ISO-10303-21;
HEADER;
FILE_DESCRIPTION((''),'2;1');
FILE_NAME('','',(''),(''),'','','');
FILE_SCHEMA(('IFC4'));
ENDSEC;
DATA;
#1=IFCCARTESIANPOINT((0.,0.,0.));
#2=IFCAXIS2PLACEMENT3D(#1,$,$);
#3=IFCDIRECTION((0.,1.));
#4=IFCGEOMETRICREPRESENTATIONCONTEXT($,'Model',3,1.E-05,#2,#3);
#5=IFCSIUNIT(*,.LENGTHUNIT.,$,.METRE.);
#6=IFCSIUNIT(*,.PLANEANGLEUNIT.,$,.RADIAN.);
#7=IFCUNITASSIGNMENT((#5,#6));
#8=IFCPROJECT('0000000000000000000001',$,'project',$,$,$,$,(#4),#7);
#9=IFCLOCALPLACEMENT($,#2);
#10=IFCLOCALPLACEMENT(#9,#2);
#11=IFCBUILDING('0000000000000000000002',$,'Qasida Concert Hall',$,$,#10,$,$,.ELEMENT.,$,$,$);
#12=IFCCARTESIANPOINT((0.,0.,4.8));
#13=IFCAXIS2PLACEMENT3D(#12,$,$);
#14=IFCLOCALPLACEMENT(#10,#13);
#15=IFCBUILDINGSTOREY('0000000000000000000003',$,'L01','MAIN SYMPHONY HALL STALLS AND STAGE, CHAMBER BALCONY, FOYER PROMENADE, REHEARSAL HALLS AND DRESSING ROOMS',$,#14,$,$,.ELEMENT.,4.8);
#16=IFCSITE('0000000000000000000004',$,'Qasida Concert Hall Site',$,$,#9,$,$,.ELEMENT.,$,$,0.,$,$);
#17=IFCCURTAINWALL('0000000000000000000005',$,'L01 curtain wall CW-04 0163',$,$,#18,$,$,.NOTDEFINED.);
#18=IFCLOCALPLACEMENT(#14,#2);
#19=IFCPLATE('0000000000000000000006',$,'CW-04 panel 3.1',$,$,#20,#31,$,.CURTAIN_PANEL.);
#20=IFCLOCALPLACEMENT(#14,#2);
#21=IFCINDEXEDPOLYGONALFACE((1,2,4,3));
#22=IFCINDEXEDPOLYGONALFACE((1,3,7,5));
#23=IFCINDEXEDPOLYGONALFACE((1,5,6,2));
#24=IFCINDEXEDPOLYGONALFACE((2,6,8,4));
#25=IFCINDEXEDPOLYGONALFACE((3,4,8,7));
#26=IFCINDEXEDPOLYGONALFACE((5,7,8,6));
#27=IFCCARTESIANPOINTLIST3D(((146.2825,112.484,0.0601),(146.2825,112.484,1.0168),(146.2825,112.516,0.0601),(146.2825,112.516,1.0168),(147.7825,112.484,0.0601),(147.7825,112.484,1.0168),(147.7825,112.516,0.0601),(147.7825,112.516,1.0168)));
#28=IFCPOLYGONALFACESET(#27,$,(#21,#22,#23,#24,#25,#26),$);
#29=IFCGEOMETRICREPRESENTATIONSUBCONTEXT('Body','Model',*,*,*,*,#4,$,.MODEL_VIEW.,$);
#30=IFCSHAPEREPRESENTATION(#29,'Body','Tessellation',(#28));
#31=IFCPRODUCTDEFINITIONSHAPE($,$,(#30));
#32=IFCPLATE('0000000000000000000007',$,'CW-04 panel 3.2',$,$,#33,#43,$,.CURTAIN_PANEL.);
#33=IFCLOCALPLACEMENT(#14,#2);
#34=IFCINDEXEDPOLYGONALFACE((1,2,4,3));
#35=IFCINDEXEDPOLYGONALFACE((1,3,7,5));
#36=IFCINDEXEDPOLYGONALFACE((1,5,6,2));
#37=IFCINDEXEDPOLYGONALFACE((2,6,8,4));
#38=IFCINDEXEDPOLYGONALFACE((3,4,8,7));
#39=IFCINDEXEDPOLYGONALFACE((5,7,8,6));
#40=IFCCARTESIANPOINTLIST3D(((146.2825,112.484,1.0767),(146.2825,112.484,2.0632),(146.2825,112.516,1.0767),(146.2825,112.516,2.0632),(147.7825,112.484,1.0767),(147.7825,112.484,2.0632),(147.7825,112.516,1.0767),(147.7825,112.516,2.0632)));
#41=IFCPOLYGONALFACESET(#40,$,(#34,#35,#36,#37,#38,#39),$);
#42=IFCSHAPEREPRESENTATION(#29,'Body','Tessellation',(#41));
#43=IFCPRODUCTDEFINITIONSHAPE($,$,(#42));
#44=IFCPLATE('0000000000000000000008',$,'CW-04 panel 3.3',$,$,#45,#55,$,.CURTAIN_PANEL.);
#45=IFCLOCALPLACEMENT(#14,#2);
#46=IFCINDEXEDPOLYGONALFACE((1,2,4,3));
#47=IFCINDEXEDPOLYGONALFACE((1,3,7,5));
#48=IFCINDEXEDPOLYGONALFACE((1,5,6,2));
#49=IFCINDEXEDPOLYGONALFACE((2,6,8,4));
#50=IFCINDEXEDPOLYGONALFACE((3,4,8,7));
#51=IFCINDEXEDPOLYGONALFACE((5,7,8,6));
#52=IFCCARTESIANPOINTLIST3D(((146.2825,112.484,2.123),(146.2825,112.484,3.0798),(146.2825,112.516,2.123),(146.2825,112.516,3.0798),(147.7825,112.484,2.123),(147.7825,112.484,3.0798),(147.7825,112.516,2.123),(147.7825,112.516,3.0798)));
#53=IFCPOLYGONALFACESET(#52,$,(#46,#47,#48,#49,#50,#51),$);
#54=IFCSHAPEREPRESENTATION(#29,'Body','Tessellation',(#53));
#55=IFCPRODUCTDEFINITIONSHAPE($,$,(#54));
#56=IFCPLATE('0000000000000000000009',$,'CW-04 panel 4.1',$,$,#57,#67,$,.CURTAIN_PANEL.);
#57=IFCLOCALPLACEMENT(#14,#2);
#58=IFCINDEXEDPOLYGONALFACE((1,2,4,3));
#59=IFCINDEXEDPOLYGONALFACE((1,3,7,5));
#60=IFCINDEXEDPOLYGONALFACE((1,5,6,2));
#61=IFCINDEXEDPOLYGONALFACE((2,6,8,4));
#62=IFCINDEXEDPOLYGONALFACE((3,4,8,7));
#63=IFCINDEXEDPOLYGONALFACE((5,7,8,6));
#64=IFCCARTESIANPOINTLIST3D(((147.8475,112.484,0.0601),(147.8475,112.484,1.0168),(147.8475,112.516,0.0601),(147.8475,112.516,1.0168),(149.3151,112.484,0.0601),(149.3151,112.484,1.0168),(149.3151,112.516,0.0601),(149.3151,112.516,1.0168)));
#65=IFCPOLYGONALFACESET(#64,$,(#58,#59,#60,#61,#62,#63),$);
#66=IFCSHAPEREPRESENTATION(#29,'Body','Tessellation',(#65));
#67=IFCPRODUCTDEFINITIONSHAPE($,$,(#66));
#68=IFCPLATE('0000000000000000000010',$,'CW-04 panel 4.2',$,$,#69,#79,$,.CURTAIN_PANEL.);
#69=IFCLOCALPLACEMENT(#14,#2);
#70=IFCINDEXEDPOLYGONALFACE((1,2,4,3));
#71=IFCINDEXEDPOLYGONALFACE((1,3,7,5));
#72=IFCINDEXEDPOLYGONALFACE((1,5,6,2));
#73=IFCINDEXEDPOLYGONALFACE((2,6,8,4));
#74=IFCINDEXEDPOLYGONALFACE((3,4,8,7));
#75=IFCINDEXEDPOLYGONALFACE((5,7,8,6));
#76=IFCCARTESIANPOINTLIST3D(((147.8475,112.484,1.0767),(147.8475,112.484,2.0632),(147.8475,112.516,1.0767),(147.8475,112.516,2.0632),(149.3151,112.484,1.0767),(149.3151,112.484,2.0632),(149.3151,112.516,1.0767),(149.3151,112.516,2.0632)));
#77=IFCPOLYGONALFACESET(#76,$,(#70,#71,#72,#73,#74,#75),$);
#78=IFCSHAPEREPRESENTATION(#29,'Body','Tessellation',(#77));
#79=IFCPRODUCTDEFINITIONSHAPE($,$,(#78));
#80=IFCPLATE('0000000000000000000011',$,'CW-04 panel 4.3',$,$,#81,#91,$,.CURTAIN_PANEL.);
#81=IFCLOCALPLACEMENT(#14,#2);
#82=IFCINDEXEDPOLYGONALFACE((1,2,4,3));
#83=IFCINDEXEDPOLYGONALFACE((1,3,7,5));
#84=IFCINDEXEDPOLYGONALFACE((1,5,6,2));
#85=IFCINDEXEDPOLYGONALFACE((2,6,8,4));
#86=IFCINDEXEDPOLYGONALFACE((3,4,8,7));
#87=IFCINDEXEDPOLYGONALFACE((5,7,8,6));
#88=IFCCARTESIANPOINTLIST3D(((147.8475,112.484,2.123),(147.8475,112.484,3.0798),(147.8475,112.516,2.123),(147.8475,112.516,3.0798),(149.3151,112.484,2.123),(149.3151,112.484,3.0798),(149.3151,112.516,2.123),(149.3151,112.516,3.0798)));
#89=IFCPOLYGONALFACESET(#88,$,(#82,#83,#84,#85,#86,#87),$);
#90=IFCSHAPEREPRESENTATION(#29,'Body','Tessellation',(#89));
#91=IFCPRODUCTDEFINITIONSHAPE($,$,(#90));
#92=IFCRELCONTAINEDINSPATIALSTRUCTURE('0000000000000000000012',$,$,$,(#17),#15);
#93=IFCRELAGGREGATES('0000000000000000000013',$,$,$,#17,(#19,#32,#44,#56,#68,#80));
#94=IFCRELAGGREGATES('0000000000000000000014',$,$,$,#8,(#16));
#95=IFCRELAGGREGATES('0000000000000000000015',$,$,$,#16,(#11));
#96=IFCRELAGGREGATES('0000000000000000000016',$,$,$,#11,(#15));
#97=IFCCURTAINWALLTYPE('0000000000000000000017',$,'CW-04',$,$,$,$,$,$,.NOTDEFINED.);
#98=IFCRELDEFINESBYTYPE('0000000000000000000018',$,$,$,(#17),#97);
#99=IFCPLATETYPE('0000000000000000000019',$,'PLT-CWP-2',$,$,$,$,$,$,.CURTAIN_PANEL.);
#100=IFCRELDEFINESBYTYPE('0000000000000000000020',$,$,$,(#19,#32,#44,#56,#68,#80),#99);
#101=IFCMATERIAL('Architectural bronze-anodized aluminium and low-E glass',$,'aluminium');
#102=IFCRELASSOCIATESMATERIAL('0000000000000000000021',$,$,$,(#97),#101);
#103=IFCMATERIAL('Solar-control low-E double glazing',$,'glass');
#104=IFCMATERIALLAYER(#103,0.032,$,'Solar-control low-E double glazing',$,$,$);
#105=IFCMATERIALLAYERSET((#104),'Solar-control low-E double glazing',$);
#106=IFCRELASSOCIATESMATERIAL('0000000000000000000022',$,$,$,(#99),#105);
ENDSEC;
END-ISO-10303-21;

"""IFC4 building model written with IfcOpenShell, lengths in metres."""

from ifc_helpers import new_model, si_unit, direction, frame, origin, origin_2d, place, context, subcontext, project, spatial, rectangle, extrude, material, layer, layer_set, type_object, element, aggregate, save


model = new_model("IFC4")

# Units and contexts
model_context = context("Model", 3, precision=1e-05, world=origin(), true_north=direction((0.0, 1.0)))
body_context = subcontext(model_context, "Body", "Model", "MODEL_VIEW")
ifc_project = project(units=[si_unit("LENGTHUNIT", "METRE"), si_unit("PLANEANGLEUNIT", "RADIAN")], contexts=[model_context])

# Site, building, storey
site_placement = place(None, origin())
site = spatial("IfcSite", under=ifc_project, at=site_placement, Name="Qasida Concert Hall Site", CompositionType="ELEMENT", RefElevation=0.0)
building_placement = place(site_placement, origin())
building = spatial("IfcBuilding", under=site, at=building_placement, Name="Qasida Concert Hall", CompositionType="ELEMENT")
storey_placement = place(building_placement, frame((0.0, 0.0, 4.8)))
storey = spatial("IfcBuildingStorey", under=building, at=storey_placement, Name="L01", Description="MAIN SYMPHONY HALL STALLS AND STAGE, CHAMBER BALCONY, FOYER PROMENADE, REHEARSAL HALLS AND DRESSING ROOMS", CompositionType="ELEMENT", Elevation=4.8)

# Curtain wall, plates
ifc_material_1 = material(Name="Architectural bronze-anodized aluminium and low-E glass", Category="aluminium")
curtain_wall_type = type_object("IfcCurtainWallType", Name="CW-04", PredefinedType="NOTDEFINED", material=ifc_material_1)
curtain_wall_placement = place(storey_placement, origin())
curtain_wall = element("IfcCurtainWall", 1, at=curtain_wall_placement, inside=storey, type_object=curtain_wall_type, Name="L01 curtain wall CW-04 0163", PredefinedType="NOTDEFINED")
ifc_material_2 = material(Name="Solar-control low-E double glazing", Category="glass")
ifc_layer = layer(ifc_material_2, 0.032, Name="Solar-control low-E double glazing")
ifc_layer_set = layer_set([ifc_layer], Name="Solar-control low-E double glazing")
plate_type = type_object("IfcPlateType", Name="PLT-CWP-2", PredefinedType="CURTAIN_PANEL", material=ifc_layer_set)
plate_1_placement = place(storey_placement, frame((147.0325, 112.5, 0.0601), z_axis=(0.0, 0.0, 1.0), x_axis=(1.0, 0.0, 0.0)))
plate_1 = element("IfcPlate", 2, at=plate_1_placement, type_object=plate_type, Name="CW-04 panel 3.1", PredefinedType="CURTAIN_PANEL", context=body_context, shape_type="SweptSolid", body=[
    extrude(rectangle(XDim=1.5, YDim=0.032, at=origin_2d()), origin(), (0.0, 0.0, 1.0), 0.9568),
])
plate_2_placement = place(storey_placement, frame((147.0325, 112.5, 1.0767), z_axis=(0.0, 0.0, 1.0), x_axis=(1.0, 0.0, 0.0)))
plate_2 = element("IfcPlate", 3, at=plate_2_placement, type_object=plate_type, Name="CW-04 panel 3.2", PredefinedType="CURTAIN_PANEL", context=body_context, shape_type="SweptSolid", body=[
    extrude(rectangle(XDim=1.5, YDim=0.032, at=origin_2d()), origin(), (0.0, 0.0, 1.0), 0.9866),
])
plate_3_placement = place(storey_placement, frame((147.0325, 112.5, 2.123), z_axis=(0.0, 0.0, 1.0), x_axis=(1.0, 0.0, 0.0)))
plate_3 = element("IfcPlate", 4, at=plate_3_placement, type_object=plate_type, Name="CW-04 panel 3.3", PredefinedType="CURTAIN_PANEL", context=body_context, shape_type="SweptSolid", body=[
    extrude(rectangle(XDim=1.5, YDim=0.032, at=origin_2d()), origin(), (0.0, 0.0, 1.0), 0.9568),
])
plate_4_placement = place(storey_placement, frame((148.5813, 112.5, 0.0601), z_axis=(0.0, 0.0, 1.0), x_axis=(1.0, 0.0, 0.0)))
plate_4 = element("IfcPlate", 5, at=plate_4_placement, type_object=plate_type, Name="CW-04 panel 4.1", PredefinedType="CURTAIN_PANEL", context=body_context, shape_type="SweptSolid", body=[
    extrude(rectangle(XDim=1.4675, YDim=0.032, at=origin_2d()), origin(), (0.0, 0.0, 1.0), 0.9568),
])
plate_5_placement = place(storey_placement, frame((148.5813, 112.5, 1.0767), z_axis=(0.0, 0.0, 1.0), x_axis=(1.0, 0.0, 0.0)))
plate_5 = element("IfcPlate", 6, at=plate_5_placement, type_object=plate_type, Name="CW-04 panel 4.2", PredefinedType="CURTAIN_PANEL", context=body_context, shape_type="SweptSolid", body=[
    extrude(rectangle(XDim=1.4675, YDim=0.032, at=origin_2d()), origin(), (0.0, 0.0, 1.0), 0.9866),
])
plate_6_placement = place(storey_placement, frame((148.5813, 112.5, 2.123), z_axis=(0.0, 0.0, 1.0), x_axis=(1.0, 0.0, 0.0)))
plate_6 = element("IfcPlate", 7, at=plate_6_placement, type_object=plate_type, Name="CW-04 panel 4.3", PredefinedType="CURTAIN_PANEL", context=body_context, shape_type="SweptSolid", body=[
    extrude(rectangle(XDim=1.4675, YDim=0.032, at=origin_2d()), origin(), (0.0, 0.0, 1.0), 0.9568),
])
aggregate(curtain_wall, [plate_1, plate_2, plate_3, plate_4, plate_5, plate_6])

save(model, "model.ifc")
